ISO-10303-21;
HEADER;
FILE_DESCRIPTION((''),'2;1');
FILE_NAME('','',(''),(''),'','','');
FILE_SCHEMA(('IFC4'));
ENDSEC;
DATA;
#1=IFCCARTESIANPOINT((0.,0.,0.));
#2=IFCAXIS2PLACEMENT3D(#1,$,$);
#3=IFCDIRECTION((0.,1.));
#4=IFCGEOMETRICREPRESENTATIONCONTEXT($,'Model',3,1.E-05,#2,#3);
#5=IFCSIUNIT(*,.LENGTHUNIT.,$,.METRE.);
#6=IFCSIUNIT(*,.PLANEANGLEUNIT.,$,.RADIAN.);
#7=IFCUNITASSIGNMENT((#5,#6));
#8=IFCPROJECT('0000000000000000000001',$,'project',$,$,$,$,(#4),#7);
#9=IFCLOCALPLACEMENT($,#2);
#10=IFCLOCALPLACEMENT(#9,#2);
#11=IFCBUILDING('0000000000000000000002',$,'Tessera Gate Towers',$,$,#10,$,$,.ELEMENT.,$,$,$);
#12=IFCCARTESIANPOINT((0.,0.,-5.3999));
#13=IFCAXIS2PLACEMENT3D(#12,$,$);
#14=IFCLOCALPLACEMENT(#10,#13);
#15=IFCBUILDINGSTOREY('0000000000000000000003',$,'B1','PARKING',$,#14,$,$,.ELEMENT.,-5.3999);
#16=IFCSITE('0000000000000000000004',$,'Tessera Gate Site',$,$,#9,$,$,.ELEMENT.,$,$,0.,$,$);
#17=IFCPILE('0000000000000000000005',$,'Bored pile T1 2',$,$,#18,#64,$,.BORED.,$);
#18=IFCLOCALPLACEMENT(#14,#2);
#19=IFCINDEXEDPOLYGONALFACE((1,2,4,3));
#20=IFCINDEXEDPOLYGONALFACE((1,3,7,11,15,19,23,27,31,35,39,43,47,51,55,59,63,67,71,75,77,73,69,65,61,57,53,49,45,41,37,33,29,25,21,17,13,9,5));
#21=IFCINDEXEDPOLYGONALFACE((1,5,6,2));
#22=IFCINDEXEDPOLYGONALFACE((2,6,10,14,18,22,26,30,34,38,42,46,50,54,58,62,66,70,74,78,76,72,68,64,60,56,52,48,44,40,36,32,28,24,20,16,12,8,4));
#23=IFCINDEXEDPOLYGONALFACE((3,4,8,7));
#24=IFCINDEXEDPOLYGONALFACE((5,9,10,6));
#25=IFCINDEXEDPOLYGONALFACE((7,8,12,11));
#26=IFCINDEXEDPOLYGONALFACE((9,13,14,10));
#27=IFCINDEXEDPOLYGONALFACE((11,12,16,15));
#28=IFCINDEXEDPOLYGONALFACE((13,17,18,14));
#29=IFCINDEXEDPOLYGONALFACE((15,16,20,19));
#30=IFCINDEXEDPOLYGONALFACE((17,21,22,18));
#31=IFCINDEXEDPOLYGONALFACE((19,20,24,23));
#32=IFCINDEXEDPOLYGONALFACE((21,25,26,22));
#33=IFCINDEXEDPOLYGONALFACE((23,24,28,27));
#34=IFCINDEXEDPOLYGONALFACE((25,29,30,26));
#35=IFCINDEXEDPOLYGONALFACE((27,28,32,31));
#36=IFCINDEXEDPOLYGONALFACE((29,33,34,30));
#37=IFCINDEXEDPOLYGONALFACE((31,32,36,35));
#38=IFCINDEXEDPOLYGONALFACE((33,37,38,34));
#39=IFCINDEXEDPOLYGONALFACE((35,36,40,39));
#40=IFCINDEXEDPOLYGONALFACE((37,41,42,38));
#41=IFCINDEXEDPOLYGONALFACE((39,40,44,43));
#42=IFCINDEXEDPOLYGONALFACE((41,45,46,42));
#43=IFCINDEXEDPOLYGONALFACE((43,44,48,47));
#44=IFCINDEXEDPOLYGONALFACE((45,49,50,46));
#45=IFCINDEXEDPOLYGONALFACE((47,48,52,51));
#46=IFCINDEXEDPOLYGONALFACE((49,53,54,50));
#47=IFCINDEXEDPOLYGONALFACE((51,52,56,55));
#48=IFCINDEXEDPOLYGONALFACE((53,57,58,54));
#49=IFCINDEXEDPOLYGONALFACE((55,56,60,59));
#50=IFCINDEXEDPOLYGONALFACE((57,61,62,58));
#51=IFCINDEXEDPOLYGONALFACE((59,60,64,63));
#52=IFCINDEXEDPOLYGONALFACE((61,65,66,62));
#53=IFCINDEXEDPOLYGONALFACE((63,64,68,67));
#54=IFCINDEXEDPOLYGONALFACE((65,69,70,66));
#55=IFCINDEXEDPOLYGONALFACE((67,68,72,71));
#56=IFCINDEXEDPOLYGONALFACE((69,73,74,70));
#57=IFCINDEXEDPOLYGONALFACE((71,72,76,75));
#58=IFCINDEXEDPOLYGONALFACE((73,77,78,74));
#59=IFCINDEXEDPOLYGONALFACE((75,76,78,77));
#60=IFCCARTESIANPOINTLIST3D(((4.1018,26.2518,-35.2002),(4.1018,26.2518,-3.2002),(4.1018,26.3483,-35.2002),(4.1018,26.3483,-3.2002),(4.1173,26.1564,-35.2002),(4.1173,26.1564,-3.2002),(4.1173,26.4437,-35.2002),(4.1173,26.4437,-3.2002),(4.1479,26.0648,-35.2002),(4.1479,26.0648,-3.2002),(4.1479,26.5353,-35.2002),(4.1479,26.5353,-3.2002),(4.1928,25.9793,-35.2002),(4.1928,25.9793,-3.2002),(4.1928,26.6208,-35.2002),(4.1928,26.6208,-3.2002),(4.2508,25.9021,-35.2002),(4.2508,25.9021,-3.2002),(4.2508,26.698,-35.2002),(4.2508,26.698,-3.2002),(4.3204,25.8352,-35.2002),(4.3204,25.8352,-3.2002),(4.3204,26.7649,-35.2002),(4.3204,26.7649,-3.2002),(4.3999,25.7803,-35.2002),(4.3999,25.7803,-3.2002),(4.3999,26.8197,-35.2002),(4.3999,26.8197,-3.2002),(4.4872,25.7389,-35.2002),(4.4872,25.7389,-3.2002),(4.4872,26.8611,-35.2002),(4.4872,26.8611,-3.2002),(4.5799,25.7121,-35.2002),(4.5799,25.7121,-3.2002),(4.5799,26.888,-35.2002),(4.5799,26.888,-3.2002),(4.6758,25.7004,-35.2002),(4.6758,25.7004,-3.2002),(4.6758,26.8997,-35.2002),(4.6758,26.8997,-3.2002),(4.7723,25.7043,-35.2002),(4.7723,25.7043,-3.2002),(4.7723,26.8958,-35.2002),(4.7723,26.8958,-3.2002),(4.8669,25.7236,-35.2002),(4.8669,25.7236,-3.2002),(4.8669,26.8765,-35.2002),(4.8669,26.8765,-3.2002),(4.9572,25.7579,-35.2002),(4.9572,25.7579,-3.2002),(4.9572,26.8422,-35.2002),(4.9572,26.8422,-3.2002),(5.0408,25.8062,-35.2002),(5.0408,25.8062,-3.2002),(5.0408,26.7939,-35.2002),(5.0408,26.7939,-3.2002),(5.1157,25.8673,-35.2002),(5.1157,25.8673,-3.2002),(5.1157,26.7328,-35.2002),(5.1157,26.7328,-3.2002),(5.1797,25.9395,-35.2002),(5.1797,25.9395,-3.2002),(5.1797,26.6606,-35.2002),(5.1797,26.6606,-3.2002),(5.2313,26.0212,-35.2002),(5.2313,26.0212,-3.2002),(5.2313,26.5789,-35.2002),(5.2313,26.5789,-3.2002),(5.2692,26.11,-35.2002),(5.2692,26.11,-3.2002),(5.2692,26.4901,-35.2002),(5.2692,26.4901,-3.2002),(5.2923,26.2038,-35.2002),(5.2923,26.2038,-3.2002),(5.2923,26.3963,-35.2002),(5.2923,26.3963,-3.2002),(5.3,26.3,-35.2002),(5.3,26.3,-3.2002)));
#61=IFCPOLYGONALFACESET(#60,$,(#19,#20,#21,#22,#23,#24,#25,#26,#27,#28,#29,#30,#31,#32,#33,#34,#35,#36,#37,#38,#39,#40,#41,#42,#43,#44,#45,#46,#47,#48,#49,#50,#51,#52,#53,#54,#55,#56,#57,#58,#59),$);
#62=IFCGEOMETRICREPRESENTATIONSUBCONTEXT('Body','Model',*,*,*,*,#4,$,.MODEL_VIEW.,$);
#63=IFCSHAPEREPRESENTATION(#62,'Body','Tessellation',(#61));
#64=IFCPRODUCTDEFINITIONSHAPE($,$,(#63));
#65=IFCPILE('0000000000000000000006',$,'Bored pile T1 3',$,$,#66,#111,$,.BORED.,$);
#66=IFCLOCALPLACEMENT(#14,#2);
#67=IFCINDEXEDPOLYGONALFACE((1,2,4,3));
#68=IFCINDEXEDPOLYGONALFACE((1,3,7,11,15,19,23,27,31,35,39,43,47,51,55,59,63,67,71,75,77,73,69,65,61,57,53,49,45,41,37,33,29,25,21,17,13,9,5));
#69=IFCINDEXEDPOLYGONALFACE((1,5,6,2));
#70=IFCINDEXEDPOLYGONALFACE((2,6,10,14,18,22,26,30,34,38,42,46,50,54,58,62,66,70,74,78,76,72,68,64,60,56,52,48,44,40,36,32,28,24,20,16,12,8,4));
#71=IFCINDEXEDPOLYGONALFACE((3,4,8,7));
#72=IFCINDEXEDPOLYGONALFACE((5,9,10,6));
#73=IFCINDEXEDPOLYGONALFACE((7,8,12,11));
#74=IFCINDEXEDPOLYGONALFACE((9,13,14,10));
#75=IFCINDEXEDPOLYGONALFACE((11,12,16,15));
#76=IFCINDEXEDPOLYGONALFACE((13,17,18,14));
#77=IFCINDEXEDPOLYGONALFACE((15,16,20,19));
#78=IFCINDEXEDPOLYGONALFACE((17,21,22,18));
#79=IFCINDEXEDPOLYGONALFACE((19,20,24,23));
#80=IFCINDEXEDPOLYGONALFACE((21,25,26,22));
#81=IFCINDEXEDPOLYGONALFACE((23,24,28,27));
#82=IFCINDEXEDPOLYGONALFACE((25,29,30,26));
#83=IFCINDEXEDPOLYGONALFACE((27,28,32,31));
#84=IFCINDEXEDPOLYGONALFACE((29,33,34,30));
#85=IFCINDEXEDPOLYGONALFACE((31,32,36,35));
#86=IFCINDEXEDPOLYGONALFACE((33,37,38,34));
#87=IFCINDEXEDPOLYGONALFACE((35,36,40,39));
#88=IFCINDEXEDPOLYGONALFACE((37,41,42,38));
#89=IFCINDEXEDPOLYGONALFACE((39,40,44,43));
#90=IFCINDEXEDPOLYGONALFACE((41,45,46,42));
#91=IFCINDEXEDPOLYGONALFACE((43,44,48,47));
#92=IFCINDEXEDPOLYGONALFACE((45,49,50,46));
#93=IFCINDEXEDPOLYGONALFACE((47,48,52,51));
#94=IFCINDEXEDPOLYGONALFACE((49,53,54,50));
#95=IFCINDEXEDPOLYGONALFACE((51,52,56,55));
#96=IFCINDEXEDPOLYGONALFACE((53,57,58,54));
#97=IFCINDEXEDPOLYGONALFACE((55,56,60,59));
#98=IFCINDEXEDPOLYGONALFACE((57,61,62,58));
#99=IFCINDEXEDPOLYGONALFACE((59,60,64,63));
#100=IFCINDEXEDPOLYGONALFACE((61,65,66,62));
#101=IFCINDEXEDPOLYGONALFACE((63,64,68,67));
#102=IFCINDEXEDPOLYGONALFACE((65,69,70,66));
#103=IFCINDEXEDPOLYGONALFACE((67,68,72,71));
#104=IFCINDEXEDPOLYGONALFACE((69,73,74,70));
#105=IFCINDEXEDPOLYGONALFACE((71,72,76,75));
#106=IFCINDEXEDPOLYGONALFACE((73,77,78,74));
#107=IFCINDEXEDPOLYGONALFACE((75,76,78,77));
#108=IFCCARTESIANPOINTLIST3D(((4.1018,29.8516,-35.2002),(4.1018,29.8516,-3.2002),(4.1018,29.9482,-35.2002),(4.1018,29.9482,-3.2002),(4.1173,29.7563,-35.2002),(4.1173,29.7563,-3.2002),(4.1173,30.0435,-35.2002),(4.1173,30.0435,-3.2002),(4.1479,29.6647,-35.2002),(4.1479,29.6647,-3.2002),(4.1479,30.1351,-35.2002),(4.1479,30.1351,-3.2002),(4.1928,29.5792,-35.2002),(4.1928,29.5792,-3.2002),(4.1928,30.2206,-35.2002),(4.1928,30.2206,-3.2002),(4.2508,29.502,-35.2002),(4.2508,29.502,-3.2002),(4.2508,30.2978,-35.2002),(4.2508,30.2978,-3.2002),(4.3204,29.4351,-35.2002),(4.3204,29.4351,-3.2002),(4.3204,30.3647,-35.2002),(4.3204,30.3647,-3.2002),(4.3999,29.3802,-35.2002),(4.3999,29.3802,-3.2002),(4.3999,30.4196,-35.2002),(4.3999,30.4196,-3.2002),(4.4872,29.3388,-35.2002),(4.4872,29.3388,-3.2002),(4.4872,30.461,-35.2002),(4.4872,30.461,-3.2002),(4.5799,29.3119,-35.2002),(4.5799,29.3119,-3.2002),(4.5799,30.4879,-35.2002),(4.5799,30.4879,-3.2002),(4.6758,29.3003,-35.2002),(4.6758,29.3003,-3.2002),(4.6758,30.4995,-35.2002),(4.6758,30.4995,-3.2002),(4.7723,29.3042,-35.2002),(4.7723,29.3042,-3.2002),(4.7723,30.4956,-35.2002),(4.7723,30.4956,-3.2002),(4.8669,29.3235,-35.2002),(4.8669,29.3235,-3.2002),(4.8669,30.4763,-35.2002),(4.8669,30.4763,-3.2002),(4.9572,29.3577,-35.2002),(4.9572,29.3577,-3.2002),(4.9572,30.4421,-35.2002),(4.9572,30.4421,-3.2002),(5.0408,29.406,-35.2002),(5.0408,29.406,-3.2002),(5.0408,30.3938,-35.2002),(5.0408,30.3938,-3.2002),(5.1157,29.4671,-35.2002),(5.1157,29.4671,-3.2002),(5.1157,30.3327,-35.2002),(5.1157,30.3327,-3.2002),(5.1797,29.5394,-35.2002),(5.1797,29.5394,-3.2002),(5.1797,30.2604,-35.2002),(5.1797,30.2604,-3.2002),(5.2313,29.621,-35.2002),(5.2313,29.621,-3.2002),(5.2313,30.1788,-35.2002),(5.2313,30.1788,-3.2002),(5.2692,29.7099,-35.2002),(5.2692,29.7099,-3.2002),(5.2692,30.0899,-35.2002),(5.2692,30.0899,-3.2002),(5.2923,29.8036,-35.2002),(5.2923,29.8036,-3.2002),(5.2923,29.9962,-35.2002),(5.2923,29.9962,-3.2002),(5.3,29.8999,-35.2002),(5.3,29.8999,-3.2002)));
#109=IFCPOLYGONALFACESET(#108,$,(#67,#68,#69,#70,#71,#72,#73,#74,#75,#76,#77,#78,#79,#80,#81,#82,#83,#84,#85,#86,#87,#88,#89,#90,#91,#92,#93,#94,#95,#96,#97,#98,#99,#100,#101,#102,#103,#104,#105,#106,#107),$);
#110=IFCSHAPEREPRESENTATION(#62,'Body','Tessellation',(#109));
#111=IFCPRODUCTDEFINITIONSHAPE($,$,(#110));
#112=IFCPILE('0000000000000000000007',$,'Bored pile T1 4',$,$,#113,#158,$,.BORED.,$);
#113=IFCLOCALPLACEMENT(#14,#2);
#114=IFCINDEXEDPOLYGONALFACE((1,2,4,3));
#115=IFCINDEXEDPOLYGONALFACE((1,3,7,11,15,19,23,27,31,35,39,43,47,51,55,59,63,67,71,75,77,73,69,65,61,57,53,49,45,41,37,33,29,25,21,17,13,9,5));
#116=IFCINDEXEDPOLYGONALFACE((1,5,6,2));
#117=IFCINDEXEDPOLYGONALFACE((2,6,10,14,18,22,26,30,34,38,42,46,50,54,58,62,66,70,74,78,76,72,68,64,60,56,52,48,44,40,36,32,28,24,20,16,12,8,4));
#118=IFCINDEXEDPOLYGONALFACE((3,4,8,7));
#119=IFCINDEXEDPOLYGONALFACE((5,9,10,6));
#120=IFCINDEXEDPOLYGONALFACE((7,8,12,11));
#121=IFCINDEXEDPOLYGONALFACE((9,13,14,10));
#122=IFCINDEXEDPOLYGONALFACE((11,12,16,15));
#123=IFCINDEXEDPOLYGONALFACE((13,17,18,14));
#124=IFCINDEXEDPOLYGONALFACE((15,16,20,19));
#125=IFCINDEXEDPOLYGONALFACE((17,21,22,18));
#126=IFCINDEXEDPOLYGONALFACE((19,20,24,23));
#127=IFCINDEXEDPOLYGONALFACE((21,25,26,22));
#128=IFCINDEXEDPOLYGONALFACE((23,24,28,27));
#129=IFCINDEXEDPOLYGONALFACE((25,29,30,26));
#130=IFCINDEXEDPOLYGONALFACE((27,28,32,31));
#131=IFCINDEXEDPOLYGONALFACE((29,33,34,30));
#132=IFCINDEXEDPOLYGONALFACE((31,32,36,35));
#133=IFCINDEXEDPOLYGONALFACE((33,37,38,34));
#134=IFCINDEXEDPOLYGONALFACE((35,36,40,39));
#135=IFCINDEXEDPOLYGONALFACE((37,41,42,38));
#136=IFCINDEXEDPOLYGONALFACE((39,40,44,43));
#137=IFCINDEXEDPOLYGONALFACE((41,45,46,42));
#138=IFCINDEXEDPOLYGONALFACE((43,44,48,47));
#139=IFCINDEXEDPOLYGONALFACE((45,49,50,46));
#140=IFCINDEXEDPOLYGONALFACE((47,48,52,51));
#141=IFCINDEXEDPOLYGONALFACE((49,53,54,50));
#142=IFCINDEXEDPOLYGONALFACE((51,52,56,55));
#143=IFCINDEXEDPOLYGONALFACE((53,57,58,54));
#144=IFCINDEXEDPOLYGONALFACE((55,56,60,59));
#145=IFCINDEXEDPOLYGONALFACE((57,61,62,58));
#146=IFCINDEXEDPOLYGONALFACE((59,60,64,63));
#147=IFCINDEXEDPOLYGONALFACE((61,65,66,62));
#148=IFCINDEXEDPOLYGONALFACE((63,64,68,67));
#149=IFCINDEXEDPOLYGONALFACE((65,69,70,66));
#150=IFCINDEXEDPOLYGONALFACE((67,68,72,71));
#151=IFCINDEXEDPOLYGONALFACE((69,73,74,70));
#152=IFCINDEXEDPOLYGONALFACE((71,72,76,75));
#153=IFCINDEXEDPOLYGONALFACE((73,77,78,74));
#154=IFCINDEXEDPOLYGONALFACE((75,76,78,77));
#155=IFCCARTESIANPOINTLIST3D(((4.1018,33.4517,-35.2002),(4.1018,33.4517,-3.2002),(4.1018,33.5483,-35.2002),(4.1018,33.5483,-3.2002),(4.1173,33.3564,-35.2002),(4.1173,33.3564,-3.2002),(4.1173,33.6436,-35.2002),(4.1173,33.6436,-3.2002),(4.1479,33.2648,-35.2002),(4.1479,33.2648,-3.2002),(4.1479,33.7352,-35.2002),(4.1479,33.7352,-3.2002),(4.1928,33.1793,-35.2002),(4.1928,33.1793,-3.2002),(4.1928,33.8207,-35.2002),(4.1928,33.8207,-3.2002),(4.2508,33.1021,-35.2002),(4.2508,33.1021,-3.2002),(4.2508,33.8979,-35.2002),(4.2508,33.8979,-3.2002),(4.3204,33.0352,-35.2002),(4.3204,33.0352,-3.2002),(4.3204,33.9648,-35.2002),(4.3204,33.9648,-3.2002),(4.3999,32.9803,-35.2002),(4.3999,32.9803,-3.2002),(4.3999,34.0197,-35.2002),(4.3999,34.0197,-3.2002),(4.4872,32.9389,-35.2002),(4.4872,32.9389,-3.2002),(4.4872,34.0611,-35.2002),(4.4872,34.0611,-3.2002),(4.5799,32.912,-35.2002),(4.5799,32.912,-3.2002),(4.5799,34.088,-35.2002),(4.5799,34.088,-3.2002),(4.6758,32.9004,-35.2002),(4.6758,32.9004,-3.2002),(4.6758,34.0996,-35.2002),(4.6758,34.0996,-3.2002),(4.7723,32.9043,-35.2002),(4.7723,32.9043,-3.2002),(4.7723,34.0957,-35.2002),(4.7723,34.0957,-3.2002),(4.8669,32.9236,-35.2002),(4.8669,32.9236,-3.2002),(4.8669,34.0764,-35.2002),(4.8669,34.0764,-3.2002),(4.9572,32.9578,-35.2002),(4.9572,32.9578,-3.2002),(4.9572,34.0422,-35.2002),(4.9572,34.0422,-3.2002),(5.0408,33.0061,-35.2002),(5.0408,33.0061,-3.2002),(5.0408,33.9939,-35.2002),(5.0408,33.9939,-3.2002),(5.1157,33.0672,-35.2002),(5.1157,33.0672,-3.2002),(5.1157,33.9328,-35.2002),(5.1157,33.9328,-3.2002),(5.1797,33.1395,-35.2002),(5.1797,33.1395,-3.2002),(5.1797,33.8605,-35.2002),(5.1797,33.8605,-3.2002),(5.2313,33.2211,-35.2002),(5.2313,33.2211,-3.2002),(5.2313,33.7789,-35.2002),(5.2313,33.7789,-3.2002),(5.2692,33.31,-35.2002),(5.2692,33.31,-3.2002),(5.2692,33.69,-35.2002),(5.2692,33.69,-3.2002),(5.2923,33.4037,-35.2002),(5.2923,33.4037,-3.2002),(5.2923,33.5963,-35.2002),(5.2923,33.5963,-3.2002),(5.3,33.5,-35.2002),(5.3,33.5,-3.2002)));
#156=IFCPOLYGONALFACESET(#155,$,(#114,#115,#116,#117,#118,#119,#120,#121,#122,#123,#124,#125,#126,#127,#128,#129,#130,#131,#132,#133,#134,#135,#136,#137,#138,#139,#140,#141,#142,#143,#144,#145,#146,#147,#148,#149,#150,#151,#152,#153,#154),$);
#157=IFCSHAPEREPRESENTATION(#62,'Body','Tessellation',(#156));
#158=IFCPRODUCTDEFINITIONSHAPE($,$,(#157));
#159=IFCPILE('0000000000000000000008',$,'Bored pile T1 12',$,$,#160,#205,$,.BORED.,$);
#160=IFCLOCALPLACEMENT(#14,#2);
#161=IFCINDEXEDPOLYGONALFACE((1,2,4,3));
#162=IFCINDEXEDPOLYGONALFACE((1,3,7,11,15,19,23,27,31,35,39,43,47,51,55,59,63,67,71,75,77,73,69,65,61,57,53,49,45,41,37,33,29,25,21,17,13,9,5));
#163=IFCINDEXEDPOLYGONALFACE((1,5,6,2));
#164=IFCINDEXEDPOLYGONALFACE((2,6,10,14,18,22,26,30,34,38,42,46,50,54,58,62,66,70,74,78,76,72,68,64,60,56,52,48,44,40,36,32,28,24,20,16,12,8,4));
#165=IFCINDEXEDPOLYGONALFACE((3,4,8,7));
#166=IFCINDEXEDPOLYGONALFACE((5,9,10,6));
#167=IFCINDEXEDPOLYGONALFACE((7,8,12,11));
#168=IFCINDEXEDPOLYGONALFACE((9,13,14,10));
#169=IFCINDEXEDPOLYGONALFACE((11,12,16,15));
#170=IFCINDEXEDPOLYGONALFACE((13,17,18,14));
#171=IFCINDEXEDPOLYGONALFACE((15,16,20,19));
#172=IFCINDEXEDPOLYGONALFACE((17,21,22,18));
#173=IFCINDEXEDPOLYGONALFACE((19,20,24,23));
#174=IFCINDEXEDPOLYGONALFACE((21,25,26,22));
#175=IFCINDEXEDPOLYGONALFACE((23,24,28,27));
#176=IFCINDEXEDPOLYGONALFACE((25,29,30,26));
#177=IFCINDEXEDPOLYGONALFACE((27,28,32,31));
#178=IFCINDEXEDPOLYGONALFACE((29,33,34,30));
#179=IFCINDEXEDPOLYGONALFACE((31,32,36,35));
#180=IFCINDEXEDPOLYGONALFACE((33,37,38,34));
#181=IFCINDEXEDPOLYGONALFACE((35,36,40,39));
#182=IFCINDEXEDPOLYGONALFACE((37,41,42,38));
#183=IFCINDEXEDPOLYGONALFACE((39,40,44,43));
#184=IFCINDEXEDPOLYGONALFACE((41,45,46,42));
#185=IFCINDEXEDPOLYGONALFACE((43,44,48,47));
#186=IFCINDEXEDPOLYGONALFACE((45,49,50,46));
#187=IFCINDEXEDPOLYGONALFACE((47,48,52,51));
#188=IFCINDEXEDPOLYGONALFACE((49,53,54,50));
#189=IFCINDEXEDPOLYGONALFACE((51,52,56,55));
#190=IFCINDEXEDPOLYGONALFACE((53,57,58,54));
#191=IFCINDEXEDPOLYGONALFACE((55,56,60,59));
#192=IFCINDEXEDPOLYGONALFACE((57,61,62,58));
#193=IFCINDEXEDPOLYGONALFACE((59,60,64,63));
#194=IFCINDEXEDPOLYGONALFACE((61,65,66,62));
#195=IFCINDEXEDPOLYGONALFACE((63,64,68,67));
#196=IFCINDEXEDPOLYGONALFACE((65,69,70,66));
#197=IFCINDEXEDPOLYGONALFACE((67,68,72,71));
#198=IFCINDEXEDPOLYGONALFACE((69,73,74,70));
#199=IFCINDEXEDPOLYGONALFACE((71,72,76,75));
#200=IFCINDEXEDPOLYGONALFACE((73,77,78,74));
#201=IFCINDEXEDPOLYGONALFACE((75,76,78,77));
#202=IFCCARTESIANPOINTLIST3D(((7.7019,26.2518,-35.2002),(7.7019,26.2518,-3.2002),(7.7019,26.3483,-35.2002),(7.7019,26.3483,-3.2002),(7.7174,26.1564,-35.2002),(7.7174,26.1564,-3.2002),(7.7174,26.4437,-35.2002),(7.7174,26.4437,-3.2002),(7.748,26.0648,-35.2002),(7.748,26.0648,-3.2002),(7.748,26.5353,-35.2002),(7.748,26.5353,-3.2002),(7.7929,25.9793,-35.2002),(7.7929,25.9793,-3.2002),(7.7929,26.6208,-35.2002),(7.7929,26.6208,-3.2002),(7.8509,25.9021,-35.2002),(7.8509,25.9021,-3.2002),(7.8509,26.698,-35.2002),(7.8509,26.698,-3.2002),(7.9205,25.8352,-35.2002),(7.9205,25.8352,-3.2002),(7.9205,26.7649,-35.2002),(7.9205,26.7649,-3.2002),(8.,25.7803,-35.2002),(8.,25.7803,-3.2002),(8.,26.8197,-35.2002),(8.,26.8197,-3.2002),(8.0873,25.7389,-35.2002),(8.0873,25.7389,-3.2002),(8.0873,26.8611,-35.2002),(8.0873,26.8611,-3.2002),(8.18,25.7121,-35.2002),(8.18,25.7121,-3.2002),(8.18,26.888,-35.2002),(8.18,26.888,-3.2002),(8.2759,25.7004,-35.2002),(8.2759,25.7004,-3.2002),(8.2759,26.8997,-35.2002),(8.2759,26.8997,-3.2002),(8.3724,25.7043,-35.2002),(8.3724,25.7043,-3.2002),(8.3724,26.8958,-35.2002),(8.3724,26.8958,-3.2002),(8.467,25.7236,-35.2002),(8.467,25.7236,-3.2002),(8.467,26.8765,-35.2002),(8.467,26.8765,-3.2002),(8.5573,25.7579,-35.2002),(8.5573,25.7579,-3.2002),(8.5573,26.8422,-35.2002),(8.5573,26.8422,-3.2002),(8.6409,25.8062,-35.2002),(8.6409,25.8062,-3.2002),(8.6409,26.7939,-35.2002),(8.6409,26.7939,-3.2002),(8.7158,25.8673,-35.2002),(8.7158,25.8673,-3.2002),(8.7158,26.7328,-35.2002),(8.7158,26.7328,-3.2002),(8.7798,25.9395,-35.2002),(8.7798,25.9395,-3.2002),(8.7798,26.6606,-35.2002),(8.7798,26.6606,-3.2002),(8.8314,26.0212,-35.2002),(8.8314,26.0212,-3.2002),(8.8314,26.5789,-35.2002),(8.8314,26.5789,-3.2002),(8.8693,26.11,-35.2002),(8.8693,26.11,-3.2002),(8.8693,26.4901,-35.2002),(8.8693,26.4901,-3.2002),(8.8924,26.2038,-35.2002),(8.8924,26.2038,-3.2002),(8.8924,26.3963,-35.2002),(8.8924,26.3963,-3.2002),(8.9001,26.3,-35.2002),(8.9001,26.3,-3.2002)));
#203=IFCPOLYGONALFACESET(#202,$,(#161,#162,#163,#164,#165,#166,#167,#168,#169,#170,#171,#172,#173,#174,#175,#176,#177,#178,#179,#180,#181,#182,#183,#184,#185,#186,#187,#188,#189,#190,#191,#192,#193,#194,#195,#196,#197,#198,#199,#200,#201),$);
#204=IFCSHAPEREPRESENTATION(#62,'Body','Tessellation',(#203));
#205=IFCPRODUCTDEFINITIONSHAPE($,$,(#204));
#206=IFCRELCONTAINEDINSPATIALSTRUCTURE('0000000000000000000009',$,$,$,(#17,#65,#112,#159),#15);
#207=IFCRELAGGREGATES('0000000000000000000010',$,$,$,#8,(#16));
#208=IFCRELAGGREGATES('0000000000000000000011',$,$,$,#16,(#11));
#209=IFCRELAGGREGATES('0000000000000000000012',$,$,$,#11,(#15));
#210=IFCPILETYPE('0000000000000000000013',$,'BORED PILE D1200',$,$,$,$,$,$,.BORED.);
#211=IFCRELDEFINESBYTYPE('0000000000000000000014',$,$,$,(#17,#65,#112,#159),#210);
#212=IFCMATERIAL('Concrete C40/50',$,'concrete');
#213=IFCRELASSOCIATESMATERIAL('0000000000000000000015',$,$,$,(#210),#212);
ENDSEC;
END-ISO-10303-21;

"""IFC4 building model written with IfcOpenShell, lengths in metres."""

from ifc_helpers import new_model, si_unit, direction, frame, origin, origin_2d, place, context, subcontext, project, spatial, circle, extrude, material, material_profile, profile_set, type_object, element, save


model = new_model("IFC4")

# Units and contexts
model_context = context("Model", 3, precision=1e-05, world=origin(), true_north=direction((0.0, 1.0)))
body_context = subcontext(model_context, "Body", "Model", "MODEL_VIEW")
ifc_project = project(units=[si_unit("LENGTHUNIT", "METRE"), si_unit("PLANEANGLEUNIT", "RADIAN")], contexts=[model_context])

# Site, building, storey
site_placement = place(None, origin())
site = spatial("IfcSite", under=ifc_project, at=site_placement, Name="Tessera Gate Site", CompositionType="ELEMENT", RefElevation=0.0)
building_placement = place(site_placement, origin())
building = spatial("IfcBuilding", under=site, at=building_placement, Name="Tessera Gate Towers", CompositionType="ELEMENT")
storey_placement = place(building_placement, frame((0.0, 0.0, -5.3999)))
storey = spatial("IfcBuildingStorey", under=building, at=storey_placement, Name="B1", Description="PARKING", CompositionType="ELEMENT", Elevation=-5.3999)

# Piles
ifc_material_1 = material(Name="Concrete C40/50", Category="concrete")
ifc_material_profile = material_profile(ifc_material_1, circle(Radius=0.6001, at=origin_2d()), Name="BORED PILE D1200")
ifc_profile_set = profile_set([ifc_material_profile], Name="Concrete C40/50")
pile_type = type_object("IfcPileType", Name="BORED PILE D1200", PredefinedType="BORED", material=ifc_profile_set)
for number, where, z_axis, x_axis, name in (
    (1, (4.7, 26.3, -3.2002), (0.0, 0.0, -1.0), (1.0, 0.0, 0.0), "Bored pile T1 2"),
    (2, (4.7, 29.8999, -3.2002), (0.0, 0.0, -1.0), (1.0, 0.0, 0.0), "Bored pile T1 3"),
    (3, (4.7, 33.5, -3.2002), (0.0, 0.0, -1.0), (1.0, 0.0, 0.0), "Bored pile T1 4"),
    (4, (8.3, 26.3, -3.2002), (0.0, 0.0, -1.0), (1.0, 0.0, 0.0), "Bored pile T1 12"),
):
    element("IfcPile", number, at=place(storey_placement, frame(where, z_axis=z_axis, x_axis=x_axis)), inside=storey, type_object=pile_type, Name=name, PredefinedType="BORED", context=body_context, shape_type="SweptSolid", body=[
        extrude(circle(Radius=0.6001, at=origin_2d()), origin(), (0.0, 0.0, 1.0), 32.0),
    ])

save(model, "model.ifc")
